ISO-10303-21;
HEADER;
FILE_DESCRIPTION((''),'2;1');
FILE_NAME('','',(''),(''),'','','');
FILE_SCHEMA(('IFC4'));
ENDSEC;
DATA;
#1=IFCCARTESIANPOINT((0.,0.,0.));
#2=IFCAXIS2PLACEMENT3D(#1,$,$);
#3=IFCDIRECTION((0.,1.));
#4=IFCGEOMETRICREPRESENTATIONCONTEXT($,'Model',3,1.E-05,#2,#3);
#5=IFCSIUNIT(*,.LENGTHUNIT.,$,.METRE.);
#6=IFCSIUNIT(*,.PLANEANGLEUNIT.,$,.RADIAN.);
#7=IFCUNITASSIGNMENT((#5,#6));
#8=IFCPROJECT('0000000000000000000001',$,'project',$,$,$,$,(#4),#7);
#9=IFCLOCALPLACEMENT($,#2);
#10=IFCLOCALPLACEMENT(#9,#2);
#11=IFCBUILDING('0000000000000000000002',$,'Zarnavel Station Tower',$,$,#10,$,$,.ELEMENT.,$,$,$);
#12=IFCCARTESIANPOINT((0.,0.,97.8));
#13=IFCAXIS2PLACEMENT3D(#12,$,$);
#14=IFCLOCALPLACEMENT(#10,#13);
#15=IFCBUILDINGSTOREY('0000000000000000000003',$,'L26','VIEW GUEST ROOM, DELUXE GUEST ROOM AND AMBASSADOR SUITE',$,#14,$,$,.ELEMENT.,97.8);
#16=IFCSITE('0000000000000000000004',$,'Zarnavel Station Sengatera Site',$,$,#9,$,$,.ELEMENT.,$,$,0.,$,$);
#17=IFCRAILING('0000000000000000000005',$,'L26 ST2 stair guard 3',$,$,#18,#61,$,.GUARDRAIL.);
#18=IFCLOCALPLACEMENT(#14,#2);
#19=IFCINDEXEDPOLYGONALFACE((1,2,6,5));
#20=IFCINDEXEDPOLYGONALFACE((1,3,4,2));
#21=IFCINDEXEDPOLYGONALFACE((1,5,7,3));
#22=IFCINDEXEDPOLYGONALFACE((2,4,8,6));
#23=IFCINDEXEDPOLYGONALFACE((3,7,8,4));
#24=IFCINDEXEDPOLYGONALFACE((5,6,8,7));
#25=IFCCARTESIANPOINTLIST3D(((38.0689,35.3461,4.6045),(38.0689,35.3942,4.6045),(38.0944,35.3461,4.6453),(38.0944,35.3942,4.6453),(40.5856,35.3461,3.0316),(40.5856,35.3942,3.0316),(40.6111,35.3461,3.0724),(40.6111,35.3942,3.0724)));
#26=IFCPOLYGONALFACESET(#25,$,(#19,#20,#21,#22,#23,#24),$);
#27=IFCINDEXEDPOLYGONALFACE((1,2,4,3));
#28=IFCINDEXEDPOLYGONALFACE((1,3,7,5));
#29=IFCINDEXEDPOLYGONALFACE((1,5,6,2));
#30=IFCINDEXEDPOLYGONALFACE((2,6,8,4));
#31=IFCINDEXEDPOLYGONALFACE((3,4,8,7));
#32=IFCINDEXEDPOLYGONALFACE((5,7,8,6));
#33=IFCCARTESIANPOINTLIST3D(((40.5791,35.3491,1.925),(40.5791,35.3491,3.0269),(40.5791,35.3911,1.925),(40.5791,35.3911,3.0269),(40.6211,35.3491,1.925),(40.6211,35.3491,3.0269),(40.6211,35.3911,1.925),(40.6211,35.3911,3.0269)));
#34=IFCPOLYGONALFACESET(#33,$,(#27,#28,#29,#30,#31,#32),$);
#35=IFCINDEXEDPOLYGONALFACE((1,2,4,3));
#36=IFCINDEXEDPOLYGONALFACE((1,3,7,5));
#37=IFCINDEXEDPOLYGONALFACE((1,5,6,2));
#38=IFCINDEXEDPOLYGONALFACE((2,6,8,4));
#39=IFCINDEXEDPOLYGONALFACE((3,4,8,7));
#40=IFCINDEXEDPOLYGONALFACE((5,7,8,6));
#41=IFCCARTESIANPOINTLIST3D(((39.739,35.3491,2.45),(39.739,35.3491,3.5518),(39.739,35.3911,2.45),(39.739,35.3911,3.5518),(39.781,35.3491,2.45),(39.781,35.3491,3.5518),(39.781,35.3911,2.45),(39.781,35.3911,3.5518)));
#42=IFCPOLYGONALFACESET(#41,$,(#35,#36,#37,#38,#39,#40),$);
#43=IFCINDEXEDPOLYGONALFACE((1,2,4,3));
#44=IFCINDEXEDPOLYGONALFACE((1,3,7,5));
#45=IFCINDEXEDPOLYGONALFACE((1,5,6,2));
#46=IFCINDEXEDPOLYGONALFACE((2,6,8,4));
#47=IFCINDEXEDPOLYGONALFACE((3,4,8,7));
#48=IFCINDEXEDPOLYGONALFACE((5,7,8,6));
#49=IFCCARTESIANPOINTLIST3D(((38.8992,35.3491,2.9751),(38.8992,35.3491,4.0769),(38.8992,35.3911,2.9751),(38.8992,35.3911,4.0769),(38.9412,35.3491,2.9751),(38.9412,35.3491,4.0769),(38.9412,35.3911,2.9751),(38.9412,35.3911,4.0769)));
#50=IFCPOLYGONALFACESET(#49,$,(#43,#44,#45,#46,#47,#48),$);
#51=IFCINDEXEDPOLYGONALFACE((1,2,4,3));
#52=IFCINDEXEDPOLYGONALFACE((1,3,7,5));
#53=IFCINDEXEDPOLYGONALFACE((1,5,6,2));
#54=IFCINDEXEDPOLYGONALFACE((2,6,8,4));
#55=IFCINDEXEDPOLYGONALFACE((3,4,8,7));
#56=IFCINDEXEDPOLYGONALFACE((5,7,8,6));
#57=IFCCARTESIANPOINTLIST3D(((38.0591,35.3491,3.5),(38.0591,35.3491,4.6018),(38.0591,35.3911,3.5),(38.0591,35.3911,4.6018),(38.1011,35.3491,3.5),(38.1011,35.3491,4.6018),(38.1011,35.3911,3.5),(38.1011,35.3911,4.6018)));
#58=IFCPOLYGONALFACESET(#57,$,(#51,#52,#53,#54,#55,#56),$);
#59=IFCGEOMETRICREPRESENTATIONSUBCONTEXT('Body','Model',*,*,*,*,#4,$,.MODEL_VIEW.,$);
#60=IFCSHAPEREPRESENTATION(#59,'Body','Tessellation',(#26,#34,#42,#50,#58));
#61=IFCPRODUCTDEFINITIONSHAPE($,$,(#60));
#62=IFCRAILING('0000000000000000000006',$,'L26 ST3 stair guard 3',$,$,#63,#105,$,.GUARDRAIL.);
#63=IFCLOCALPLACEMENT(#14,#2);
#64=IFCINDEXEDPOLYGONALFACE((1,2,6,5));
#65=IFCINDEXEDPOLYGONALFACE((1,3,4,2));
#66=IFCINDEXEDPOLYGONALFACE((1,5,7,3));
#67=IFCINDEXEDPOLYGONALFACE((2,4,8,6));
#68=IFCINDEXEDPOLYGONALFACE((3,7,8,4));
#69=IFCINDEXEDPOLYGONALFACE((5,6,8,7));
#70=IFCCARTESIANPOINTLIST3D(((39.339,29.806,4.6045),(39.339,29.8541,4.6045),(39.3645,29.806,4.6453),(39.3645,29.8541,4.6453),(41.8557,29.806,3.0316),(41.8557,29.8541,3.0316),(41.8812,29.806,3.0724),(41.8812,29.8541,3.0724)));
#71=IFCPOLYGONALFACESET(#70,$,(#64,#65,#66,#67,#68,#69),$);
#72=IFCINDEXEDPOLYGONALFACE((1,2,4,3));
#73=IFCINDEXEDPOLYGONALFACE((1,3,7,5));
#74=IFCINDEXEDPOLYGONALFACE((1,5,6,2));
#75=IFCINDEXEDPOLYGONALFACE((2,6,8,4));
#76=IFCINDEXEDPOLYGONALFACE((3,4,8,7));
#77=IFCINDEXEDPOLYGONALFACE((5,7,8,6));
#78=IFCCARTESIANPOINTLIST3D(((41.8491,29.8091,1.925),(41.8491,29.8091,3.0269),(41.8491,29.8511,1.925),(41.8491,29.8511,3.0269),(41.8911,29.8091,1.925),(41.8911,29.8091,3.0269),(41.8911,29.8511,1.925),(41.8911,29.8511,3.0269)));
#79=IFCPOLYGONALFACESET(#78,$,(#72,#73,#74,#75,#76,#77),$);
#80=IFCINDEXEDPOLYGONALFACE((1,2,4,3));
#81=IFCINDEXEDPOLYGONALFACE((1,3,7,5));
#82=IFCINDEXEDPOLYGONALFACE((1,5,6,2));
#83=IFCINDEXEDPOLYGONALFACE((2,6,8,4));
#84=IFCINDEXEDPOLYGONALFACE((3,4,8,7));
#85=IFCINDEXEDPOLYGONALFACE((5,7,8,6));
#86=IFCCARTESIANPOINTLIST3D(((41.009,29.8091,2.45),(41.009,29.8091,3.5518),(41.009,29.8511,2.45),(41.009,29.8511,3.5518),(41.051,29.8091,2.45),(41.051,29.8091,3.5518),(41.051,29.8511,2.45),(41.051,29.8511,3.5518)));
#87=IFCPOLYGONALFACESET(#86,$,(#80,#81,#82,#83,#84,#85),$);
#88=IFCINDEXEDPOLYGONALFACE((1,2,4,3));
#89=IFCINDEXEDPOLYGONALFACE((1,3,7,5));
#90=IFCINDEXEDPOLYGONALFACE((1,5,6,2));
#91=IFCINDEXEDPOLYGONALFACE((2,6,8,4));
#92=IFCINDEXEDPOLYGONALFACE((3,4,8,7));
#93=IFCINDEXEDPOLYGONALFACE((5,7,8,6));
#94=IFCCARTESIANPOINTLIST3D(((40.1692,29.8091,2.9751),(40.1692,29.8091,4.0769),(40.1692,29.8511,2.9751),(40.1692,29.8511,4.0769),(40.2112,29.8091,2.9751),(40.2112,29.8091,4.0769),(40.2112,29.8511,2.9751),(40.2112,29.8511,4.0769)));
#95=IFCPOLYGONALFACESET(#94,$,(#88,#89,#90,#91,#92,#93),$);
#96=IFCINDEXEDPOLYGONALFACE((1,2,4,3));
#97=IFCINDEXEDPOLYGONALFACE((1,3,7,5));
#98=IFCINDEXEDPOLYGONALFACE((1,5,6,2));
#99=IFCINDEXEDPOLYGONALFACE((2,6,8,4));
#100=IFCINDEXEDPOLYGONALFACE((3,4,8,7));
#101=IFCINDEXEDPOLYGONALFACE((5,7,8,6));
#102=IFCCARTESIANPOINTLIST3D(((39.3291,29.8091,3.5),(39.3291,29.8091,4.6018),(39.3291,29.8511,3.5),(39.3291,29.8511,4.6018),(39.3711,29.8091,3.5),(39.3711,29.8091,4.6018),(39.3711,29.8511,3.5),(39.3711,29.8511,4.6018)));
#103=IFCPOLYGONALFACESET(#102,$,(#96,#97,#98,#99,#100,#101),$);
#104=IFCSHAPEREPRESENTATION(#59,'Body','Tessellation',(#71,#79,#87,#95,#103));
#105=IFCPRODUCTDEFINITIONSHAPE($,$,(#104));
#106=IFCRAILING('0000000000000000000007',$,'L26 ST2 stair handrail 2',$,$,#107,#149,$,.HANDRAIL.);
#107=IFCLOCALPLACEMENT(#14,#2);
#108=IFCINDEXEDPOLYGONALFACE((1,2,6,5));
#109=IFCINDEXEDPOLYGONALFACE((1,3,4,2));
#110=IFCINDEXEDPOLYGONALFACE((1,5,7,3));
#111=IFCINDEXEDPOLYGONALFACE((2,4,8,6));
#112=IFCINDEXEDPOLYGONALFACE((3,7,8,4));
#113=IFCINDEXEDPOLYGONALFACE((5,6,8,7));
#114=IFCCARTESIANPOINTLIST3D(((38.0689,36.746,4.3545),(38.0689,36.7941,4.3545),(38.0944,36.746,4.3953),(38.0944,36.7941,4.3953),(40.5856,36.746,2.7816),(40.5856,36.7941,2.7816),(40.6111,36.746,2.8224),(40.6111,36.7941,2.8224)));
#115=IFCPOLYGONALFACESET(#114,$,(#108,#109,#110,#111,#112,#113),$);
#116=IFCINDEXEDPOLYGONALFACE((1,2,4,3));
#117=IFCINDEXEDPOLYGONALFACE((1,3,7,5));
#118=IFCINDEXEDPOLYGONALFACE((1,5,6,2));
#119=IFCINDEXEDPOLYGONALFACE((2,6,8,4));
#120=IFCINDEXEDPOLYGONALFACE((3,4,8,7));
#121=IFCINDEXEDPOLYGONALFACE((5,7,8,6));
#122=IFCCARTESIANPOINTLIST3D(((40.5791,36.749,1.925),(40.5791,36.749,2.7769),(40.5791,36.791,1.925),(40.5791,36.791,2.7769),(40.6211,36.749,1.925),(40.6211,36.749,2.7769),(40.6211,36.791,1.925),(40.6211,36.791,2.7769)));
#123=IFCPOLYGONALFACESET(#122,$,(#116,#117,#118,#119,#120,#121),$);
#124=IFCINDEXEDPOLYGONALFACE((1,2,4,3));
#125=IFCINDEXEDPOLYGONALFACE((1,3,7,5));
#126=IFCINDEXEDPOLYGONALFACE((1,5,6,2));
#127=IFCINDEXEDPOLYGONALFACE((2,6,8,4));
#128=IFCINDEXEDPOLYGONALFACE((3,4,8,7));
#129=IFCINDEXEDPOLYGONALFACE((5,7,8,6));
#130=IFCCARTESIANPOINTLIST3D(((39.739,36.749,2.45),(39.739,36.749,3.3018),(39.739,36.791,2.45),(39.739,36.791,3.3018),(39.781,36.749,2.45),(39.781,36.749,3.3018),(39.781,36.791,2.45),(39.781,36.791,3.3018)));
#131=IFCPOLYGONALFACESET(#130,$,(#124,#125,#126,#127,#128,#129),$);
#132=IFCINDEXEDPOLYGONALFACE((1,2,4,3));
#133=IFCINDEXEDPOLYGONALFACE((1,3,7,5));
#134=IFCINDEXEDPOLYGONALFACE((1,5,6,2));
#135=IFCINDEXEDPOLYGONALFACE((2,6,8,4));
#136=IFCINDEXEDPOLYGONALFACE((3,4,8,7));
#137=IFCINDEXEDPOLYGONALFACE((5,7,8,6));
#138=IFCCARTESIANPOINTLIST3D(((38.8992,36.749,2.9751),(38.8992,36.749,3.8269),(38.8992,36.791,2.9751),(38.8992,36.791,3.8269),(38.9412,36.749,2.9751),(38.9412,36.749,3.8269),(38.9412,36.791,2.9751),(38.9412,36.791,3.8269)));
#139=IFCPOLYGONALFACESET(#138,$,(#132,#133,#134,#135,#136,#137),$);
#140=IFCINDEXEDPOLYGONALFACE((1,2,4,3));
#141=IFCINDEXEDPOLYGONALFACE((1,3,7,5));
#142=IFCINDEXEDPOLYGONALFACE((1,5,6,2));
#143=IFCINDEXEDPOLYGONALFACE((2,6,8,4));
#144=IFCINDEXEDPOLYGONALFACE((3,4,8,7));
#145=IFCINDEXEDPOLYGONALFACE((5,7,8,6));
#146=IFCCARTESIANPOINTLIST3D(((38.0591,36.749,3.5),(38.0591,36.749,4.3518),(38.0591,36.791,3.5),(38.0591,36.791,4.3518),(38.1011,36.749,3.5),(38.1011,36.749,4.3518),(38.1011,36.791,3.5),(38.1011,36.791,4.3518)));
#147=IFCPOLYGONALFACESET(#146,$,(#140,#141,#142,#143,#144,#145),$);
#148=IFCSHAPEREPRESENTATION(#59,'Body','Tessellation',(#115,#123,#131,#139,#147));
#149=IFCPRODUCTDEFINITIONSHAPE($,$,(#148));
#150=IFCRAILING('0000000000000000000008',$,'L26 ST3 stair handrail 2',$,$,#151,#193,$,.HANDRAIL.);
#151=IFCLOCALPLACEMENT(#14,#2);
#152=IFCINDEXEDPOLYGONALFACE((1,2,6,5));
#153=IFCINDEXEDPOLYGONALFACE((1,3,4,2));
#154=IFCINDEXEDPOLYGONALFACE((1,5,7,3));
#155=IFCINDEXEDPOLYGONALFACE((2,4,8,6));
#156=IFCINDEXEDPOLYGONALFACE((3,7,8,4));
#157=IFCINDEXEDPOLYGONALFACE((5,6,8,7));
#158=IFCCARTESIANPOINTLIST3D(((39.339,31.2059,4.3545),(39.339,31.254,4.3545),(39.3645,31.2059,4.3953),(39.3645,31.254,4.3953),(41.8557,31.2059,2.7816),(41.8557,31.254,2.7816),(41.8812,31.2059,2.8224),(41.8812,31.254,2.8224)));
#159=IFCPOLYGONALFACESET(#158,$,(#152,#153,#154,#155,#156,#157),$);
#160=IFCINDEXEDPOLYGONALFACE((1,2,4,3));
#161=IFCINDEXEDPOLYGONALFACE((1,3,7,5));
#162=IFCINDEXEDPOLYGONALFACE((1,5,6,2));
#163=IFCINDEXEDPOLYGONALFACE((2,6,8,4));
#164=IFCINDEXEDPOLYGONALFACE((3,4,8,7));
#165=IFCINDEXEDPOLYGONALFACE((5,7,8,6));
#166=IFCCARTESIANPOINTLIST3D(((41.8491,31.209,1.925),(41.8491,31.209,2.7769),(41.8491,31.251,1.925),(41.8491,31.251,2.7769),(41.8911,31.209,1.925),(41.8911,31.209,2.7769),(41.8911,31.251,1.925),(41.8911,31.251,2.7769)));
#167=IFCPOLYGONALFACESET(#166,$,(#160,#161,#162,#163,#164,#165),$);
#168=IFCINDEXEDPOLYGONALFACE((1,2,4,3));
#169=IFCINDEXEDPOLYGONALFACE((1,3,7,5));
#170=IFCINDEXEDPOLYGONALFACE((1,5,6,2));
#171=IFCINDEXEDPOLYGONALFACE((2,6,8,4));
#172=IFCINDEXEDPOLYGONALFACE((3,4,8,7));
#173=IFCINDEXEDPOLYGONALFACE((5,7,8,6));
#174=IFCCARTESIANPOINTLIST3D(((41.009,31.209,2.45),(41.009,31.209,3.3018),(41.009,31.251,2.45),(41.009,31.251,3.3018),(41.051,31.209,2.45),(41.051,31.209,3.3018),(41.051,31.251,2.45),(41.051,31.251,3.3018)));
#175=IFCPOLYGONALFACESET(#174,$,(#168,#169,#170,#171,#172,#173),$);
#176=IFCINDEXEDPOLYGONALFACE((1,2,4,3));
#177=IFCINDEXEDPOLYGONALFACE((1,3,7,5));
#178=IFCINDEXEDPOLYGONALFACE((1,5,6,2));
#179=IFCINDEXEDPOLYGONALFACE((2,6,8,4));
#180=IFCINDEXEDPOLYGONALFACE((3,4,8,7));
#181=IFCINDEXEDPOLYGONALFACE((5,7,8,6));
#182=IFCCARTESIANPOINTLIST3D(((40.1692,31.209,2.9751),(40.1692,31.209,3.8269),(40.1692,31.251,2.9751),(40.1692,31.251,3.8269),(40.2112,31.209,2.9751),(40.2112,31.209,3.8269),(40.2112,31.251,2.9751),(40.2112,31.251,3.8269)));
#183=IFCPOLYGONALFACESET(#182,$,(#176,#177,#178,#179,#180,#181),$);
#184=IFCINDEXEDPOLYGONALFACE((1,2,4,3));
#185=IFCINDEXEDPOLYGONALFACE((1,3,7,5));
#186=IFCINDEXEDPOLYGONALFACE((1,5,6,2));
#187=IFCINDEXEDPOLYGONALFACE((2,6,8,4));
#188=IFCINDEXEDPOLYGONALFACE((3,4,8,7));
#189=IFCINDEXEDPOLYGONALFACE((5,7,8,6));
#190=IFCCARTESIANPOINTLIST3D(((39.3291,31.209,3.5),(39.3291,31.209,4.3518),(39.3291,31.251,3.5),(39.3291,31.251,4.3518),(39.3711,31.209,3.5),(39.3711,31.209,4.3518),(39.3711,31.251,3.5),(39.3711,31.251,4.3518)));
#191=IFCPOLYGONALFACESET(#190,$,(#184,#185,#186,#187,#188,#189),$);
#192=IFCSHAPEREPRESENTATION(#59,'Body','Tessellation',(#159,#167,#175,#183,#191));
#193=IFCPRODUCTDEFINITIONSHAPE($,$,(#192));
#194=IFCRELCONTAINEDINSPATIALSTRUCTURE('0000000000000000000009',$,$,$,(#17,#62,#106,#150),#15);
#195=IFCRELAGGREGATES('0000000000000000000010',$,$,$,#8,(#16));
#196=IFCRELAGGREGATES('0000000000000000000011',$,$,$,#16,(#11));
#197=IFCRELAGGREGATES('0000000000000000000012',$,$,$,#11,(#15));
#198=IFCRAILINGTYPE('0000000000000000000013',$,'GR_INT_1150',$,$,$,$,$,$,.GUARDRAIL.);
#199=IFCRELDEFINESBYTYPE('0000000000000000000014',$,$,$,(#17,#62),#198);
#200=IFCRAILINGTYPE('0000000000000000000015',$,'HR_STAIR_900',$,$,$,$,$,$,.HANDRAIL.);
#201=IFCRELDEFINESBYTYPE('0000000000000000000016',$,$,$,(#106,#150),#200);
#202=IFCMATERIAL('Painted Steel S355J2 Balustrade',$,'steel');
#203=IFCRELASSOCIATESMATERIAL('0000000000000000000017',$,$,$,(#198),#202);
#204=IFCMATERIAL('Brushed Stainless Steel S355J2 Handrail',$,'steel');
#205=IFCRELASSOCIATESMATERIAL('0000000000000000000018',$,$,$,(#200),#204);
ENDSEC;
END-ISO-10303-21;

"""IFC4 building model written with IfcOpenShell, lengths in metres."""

from ifc_helpers import new_model, si_unit, direction, frame, origin, origin_2d, place, context, subcontext, project, spatial, rectangle, extrude, material, type_object, element, save


model = new_model("IFC4")

# Units and contexts
model_context = context("Model", 3, precision=1e-05, world=origin(), true_north=direction((0.0, 1.0)))
body_context = subcontext(model_context, "Body", "Model", "MODEL_VIEW")
ifc_project = project(units=[si_unit("LENGTHUNIT", "METRE"), si_unit("PLANEANGLEUNIT", "RADIAN")], contexts=[model_context])

# Site, building, storey
site_placement = place(None, origin())
site = spatial("IfcSite", under=ifc_project, at=site_placement, Name="Zarnavel Station Sengatera Site", CompositionType="ELEMENT", RefElevation=0.0)
building_placement = place(site_placement, origin())
building = spatial("IfcBuilding", under=site, at=building_placement, Name="Zarnavel Station Tower", CompositionType="ELEMENT")
storey_placement = place(building_placement, frame((0.0, 0.0, 97.8)))
storey = spatial("IfcBuildingStorey", under=building, at=storey_placement, Name="L26", Description="VIEW GUEST ROOM, DELUXE GUEST ROOM AND AMBASSADOR SUITE", CompositionType="ELEMENT", Elevation=97.8)

# Railings
ifc_material_1 = material(Name="Painted Steel S355J2 Balustrade", Category="steel")
railing_type_1 = type_object("IfcRailingType", Name="GR_INT_1150", PredefinedType="GUARDRAIL", material=ifc_material_1)
for number, where, name in (
    (1, (40.6001, 35.3701, 1.925), "L26 ST2 stair guard 3"),
    (2, (41.8701, 29.8301, 1.925), "L26 ST3 stair guard 3"),
):
    element("IfcRailing", number, at=place(storey_placement, frame(where)), inside=storey, type_object=railing_type_1, Name=name, PredefinedType="GUARDRAIL", context=body_context, shape_type="SweptSolid", body=[
        extrude(rectangle(XDim=0.0481, YDim=0.0481, at=origin_2d()), frame((-0.0017, 0.0, 1.127), z_axis=(-0.848008, 0.0, 0.529984), x_axis=(0.0, -1.0, 0.0)), (0.0, 0.0, 1.0), 2.9678),
        extrude(rectangle(XDim=0.042, YDim=0.042, at=origin_2d()), origin(), (0.0, 0.0, 1.0), 1.1018),
        extrude(rectangle(XDim=0.042, YDim=0.042, at=origin_2d()), frame((-0.8401, 0.0, 0.5249)), (0.0, 0.0, 1.0), 1.1018),
        extrude(rectangle(XDim=0.042, YDim=0.042, at=origin_2d()), frame((-1.6799, 0.0, 1.05)), (0.0, 0.0, 1.0), 1.1018),
        extrude(rectangle(XDim=0.042, YDim=0.042, at=origin_2d()), frame((-2.52, 0.0, 1.575)), (0.0, 0.0, 1.0), 1.1018),
    ])
ifc_material_2 = material(Name="Brushed Stainless Steel S355J2 Handrail", Category="steel")
railing_type_2 = type_object("IfcRailingType", Name="HR_STAIR_900", PredefinedType="HANDRAIL", material=ifc_material_2)
for number, where, name in (
    (3, (40.6001, 36.77, 1.925), "L26 ST2 stair handrail 2"),
    (4, (41.8701, 31.23, 1.925), "L26 ST3 stair handrail 2"),
):
    element("IfcRailing", number, at=place(storey_placement, frame(where)), inside=storey, type_object=railing_type_2, Name=name, PredefinedType="HANDRAIL", context=body_context, shape_type="SweptSolid", body=[
        extrude(rectangle(XDim=0.0481, YDim=0.0481, at=origin_2d()), frame((-0.0017, 0.0, 0.877), z_axis=(-0.848008, 0.0, 0.529984), x_axis=(0.0, -1.0, 0.0)), (0.0, 0.0, 1.0), 2.9678),
        extrude(rectangle(XDim=0.042, YDim=0.042, at=origin_2d()), origin(), (0.0, 0.0, 1.0), 0.8518),
        extrude(rectangle(XDim=0.042, YDim=0.042, at=origin_2d()), frame((-0.8401, 0.0, 0.5249)), (0.0, 0.0, 1.0), 0.8518),
        extrude(rectangle(XDim=0.042, YDim=0.042, at=origin_2d()), frame((-1.6799, 0.0, 1.05)), (0.0, 0.0, 1.0), 0.8518),
        extrude(rectangle(XDim=0.042, YDim=0.042, at=origin_2d()), frame((-2.52, 0.0, 1.575)), (0.0, 0.0, 1.0), 0.8518),
    ])

save(model, "model.ifc")
